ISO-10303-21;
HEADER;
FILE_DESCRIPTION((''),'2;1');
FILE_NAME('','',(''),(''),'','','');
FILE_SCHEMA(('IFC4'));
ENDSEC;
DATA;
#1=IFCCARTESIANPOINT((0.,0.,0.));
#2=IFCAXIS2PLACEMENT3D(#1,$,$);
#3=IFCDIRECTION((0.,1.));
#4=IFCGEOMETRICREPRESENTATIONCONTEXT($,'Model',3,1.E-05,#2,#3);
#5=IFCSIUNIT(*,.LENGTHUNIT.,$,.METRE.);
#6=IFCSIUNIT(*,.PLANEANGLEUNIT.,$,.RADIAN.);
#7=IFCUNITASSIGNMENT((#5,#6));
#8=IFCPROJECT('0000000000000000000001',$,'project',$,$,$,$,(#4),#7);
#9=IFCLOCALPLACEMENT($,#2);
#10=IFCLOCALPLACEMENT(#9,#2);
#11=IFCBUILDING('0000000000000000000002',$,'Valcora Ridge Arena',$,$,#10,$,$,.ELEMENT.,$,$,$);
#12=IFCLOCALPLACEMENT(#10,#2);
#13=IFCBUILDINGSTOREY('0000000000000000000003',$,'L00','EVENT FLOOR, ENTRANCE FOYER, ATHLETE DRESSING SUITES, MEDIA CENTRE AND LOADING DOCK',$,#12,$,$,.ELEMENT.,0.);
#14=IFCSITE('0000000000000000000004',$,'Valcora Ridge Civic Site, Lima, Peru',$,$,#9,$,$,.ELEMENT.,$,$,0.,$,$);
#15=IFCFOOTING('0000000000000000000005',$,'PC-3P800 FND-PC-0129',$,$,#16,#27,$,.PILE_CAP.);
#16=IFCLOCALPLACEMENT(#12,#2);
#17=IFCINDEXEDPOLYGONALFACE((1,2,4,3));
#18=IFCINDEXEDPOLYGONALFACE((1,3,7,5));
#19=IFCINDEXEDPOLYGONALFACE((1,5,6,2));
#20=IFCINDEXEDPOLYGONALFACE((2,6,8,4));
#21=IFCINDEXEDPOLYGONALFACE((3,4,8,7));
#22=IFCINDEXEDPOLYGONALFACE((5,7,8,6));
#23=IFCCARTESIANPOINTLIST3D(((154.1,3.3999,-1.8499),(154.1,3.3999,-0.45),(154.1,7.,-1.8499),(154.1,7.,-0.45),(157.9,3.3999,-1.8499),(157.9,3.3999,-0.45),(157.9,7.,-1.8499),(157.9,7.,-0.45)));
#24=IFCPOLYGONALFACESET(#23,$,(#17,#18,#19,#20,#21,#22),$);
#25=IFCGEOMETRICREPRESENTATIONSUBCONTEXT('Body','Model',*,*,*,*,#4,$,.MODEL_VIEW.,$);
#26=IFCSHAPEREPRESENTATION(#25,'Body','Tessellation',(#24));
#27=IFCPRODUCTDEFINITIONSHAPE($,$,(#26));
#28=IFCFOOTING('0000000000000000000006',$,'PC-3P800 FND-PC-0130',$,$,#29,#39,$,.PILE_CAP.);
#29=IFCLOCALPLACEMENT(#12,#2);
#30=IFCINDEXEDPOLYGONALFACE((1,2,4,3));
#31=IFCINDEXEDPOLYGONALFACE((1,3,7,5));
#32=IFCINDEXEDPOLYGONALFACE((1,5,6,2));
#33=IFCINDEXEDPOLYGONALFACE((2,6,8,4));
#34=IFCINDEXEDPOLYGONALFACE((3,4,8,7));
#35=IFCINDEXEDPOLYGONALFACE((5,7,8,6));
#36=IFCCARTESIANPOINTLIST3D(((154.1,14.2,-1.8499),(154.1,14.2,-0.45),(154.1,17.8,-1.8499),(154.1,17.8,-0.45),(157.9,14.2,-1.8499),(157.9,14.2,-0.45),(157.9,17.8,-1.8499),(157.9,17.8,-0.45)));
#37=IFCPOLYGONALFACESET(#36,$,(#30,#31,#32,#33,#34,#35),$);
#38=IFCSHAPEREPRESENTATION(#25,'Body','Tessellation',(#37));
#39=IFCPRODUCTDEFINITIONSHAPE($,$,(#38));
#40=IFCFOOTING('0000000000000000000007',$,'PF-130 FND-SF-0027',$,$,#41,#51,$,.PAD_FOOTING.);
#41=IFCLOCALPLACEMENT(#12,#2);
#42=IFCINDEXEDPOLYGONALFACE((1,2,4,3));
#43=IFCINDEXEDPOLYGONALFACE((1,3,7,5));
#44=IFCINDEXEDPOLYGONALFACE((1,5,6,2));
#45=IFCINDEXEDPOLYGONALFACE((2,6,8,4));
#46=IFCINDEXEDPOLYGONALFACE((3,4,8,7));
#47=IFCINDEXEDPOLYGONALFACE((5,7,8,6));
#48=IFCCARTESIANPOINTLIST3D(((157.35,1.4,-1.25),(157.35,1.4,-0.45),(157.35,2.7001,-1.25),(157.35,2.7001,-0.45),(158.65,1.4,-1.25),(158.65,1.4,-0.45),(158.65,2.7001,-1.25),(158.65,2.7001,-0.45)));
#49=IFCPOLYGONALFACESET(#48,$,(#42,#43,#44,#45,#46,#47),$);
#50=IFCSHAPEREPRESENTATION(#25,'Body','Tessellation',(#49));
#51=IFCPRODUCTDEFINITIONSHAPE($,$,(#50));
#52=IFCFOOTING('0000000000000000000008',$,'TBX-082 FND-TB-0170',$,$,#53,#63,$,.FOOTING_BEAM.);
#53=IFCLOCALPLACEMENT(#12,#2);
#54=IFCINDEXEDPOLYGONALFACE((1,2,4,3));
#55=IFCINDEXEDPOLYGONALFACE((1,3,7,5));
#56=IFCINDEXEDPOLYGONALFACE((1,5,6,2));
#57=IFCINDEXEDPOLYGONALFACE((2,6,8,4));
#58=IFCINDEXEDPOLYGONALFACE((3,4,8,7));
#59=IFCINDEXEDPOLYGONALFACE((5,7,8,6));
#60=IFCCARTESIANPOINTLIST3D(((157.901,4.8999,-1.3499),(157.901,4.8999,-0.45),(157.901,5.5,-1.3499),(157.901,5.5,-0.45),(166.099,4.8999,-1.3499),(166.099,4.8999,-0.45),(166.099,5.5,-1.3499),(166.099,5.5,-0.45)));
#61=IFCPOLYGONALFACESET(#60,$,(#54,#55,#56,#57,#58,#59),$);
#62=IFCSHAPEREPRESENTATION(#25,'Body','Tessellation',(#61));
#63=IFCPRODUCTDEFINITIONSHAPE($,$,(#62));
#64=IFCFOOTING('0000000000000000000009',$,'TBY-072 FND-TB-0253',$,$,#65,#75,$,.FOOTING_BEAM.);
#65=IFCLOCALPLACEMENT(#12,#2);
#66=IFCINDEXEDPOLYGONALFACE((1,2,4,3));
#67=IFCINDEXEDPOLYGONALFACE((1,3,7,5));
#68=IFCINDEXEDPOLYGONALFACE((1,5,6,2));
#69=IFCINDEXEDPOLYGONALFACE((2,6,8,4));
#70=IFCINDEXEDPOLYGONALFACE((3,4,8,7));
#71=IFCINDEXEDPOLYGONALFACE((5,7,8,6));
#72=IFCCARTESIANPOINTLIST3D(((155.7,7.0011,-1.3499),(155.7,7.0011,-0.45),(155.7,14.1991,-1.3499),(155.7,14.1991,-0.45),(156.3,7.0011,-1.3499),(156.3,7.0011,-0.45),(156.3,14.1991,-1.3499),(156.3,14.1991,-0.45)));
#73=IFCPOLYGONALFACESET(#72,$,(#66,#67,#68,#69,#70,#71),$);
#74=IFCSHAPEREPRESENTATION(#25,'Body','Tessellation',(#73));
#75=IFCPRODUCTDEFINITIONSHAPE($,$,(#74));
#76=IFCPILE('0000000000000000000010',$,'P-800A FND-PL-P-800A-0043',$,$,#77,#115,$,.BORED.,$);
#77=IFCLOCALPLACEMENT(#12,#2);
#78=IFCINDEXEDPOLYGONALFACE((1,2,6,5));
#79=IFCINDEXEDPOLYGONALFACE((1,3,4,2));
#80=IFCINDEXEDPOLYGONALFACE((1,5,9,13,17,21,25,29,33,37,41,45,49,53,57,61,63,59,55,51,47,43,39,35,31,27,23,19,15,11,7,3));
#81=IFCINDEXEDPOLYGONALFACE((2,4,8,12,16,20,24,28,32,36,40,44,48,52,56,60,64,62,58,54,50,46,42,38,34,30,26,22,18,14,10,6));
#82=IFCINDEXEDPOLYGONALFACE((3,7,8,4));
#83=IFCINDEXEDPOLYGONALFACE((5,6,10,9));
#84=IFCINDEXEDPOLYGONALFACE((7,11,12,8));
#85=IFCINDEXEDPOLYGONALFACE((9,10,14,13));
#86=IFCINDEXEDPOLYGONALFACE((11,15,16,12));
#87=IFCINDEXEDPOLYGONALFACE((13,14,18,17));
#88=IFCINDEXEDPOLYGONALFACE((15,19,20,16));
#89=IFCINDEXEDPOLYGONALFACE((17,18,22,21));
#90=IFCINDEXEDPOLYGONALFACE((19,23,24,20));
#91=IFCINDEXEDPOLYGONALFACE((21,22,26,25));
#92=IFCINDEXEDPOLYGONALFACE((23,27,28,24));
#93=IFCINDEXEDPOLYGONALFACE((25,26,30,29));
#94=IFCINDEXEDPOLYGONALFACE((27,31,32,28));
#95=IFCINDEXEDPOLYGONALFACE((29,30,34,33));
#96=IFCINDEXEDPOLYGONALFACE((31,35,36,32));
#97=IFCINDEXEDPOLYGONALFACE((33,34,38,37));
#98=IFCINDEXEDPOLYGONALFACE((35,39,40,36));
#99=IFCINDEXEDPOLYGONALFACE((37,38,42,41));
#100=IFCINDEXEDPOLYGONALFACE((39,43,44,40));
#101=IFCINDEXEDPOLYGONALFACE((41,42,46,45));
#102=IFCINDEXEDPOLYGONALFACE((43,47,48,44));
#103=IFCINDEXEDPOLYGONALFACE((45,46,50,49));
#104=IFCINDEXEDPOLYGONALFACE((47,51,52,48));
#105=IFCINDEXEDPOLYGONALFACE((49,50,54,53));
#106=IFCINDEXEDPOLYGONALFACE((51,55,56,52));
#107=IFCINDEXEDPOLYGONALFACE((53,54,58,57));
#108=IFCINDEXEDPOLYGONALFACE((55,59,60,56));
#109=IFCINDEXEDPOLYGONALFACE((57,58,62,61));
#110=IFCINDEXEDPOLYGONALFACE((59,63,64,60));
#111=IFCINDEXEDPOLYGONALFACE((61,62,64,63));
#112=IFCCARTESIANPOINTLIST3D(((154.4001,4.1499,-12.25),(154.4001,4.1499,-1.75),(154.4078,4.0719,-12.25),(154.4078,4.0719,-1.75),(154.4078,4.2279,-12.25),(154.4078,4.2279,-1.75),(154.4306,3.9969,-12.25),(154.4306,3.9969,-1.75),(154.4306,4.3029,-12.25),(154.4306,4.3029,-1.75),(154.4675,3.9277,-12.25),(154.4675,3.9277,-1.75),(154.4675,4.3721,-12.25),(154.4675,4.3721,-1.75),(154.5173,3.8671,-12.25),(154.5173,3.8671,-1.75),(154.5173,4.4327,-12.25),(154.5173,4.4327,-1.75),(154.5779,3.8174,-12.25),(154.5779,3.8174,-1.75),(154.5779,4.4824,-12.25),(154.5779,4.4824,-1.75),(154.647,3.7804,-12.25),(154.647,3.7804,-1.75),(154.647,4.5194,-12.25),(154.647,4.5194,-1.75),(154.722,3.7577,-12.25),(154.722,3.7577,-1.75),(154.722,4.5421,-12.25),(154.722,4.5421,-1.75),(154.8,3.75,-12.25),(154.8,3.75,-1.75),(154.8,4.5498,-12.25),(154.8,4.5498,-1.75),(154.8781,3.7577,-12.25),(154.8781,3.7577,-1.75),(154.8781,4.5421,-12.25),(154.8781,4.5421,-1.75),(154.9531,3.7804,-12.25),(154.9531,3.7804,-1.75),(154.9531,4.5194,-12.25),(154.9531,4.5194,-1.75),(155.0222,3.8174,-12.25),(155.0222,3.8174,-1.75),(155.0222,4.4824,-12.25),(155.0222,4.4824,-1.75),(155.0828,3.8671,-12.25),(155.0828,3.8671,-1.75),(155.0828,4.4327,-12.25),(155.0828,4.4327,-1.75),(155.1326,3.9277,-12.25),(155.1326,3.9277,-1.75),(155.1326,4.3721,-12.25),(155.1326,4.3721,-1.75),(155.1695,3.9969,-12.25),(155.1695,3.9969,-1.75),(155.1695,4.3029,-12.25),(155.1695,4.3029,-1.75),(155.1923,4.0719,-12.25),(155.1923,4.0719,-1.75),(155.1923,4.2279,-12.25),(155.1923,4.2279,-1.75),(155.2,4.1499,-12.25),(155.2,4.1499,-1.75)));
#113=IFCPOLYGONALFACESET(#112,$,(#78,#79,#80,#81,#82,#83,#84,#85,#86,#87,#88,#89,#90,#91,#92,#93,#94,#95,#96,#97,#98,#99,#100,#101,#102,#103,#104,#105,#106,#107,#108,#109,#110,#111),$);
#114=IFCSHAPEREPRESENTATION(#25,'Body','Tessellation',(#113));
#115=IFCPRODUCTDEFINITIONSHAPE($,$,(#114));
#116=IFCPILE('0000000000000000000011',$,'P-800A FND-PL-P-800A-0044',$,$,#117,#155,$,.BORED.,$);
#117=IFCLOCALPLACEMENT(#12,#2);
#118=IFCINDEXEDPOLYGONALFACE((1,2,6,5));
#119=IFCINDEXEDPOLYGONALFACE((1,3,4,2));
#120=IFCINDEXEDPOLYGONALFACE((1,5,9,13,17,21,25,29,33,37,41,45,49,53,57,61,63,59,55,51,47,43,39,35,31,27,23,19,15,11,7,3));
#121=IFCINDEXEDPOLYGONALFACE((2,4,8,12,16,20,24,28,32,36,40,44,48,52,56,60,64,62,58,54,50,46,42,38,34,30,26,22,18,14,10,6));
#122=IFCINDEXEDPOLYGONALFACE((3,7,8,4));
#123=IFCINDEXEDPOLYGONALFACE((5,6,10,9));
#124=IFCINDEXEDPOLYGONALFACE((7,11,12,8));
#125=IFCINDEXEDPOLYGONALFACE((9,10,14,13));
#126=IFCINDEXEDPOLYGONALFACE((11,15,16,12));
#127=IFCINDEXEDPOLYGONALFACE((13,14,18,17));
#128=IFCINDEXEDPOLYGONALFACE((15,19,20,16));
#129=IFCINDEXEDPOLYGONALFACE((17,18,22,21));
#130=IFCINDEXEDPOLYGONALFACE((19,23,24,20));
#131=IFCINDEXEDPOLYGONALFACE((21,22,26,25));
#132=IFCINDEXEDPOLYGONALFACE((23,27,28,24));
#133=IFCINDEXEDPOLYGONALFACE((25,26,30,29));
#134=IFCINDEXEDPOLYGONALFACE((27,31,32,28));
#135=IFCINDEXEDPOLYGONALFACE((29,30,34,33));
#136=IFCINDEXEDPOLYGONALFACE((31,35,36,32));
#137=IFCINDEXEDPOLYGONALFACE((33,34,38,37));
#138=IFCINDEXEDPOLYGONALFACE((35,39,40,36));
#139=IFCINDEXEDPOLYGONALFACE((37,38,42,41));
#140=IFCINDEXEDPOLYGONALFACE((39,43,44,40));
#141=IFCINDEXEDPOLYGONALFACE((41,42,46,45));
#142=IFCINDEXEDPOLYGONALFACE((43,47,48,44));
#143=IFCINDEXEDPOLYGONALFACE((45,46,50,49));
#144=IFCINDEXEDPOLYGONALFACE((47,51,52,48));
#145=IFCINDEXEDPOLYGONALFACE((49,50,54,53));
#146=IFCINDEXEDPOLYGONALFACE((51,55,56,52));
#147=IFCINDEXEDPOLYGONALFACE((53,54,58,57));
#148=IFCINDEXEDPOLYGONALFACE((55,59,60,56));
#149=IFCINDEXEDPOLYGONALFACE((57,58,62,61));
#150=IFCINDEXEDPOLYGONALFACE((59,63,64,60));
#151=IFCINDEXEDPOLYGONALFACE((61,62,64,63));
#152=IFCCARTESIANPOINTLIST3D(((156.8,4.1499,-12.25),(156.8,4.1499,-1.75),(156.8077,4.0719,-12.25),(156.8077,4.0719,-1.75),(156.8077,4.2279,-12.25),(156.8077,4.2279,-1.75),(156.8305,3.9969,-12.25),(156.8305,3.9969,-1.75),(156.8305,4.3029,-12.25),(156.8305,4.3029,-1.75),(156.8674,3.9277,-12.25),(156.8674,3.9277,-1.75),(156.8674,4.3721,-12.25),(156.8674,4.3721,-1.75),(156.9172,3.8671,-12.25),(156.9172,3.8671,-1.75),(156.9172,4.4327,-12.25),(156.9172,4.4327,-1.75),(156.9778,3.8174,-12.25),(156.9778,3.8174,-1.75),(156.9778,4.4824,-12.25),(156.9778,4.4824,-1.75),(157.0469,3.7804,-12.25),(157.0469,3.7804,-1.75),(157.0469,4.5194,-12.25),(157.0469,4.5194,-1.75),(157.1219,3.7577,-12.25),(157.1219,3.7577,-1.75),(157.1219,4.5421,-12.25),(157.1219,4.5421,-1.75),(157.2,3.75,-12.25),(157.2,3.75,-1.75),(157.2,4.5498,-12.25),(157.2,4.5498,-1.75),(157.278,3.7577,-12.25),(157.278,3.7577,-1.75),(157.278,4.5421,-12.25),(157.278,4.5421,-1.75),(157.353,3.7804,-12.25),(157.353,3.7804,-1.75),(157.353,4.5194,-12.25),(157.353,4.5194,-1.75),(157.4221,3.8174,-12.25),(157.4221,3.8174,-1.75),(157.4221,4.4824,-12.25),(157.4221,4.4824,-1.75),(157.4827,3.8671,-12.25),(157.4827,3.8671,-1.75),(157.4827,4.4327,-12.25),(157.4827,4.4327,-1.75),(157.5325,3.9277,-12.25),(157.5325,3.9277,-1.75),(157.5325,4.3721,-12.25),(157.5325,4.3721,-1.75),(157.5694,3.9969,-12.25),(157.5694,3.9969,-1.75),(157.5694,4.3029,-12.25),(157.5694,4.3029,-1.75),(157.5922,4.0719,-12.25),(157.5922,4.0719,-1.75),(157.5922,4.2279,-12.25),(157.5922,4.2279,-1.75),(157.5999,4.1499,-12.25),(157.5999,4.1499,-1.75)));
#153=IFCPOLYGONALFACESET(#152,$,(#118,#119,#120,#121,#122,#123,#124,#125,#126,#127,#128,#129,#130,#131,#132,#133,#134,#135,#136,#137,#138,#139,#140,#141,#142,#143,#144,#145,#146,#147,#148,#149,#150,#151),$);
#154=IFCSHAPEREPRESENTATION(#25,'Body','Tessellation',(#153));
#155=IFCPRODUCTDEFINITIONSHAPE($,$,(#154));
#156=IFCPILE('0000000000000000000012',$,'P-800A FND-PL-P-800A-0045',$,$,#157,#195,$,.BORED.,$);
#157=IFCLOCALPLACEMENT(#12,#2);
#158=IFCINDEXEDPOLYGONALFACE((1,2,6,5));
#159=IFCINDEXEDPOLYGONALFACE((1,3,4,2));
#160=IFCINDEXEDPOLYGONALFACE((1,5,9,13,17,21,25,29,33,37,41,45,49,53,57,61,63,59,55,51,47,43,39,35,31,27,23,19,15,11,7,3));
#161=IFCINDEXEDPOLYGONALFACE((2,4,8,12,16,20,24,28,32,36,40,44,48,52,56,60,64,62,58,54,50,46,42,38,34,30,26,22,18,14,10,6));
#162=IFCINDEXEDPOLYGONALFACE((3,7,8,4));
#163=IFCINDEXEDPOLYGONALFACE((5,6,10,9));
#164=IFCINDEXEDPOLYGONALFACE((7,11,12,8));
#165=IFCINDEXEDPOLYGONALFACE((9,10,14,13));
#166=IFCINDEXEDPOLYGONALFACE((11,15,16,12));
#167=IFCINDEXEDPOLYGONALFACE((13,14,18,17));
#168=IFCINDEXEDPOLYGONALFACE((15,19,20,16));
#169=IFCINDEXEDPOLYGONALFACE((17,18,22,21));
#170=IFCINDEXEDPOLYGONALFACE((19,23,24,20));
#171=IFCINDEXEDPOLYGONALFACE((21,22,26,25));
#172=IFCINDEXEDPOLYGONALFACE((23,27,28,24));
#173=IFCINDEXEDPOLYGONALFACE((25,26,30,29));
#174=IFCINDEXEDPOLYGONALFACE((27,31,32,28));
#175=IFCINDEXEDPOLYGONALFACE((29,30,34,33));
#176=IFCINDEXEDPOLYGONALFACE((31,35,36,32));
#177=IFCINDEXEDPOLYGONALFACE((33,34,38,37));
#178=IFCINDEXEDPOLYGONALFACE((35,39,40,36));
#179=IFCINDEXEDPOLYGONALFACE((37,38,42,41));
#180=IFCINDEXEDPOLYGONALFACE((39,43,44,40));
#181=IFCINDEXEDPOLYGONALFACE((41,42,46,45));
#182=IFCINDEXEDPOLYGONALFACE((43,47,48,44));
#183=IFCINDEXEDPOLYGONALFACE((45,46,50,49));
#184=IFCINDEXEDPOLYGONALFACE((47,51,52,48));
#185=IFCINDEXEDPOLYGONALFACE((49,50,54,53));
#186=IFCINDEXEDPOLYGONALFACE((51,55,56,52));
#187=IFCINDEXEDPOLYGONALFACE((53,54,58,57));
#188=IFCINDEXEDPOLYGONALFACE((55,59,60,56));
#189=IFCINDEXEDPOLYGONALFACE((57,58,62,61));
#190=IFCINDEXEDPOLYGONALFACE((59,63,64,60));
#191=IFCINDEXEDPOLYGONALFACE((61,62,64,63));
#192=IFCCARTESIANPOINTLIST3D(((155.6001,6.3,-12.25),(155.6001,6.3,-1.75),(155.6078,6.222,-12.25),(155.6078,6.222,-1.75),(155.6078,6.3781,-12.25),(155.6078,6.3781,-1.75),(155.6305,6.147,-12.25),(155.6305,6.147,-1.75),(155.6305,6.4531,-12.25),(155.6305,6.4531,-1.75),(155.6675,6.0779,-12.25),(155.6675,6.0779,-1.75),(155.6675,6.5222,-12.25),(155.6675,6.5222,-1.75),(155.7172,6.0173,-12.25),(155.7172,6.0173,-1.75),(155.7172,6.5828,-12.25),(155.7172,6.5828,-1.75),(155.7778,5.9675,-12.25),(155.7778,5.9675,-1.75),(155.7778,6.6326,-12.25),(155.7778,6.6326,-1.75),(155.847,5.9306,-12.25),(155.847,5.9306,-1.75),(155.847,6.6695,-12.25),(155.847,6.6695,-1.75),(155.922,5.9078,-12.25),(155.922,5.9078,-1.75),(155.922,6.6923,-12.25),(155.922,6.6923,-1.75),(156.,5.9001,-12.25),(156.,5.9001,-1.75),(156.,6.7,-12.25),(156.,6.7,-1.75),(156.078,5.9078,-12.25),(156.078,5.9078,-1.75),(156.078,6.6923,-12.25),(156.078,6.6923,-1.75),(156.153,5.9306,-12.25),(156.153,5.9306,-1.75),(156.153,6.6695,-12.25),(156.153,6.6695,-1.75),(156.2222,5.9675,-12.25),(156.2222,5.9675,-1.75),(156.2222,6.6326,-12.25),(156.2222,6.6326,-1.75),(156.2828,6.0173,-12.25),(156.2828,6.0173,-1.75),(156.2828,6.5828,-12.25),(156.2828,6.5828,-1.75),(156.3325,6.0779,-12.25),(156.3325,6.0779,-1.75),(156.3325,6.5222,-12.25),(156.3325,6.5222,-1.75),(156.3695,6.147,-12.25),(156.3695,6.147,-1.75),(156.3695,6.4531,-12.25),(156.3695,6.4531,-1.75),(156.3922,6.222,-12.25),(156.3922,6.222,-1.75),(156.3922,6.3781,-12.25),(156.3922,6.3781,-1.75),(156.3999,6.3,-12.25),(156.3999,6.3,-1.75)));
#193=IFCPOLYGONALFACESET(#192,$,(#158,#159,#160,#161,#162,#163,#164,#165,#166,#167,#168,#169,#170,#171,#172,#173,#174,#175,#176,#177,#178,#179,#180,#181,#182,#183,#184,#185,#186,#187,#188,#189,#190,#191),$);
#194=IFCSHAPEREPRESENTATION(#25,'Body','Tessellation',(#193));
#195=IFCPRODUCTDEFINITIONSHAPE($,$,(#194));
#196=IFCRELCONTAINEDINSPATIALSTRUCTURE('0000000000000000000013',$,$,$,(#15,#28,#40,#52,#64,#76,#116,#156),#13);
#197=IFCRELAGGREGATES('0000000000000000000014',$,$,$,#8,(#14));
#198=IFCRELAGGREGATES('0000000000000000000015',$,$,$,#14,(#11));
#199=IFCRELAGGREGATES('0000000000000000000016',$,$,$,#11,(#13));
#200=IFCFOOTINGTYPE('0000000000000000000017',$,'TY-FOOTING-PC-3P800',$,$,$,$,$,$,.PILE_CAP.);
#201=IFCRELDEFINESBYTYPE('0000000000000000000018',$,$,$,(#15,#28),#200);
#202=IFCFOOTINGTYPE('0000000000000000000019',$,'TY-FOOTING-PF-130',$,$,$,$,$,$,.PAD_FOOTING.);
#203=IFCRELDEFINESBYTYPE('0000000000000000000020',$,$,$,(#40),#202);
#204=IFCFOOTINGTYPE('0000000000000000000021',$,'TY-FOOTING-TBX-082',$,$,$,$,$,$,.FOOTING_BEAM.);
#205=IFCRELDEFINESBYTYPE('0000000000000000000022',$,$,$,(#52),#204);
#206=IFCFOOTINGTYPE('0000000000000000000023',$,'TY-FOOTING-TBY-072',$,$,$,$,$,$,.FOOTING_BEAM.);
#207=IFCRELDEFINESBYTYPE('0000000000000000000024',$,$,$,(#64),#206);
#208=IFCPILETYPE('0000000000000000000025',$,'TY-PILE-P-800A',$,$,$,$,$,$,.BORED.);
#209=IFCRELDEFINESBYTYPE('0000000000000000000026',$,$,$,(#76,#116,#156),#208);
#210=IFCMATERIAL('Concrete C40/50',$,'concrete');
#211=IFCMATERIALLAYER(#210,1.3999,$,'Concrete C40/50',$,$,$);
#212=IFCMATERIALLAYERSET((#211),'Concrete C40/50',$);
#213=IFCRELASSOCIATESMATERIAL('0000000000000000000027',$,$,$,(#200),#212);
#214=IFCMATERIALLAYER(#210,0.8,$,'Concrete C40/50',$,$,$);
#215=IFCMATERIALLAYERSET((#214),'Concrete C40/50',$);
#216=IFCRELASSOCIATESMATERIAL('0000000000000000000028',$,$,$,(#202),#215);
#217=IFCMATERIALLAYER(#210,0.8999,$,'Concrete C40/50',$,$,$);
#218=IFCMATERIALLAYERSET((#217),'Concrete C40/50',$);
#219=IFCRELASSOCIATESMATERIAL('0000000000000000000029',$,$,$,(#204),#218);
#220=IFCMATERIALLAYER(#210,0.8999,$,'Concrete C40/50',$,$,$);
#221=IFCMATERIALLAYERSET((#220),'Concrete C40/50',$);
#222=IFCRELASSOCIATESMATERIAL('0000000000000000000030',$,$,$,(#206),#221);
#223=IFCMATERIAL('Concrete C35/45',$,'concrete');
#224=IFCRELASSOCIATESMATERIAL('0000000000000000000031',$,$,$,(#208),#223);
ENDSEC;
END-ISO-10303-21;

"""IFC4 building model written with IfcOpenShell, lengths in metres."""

from ifc_helpers import new_model, si_unit, direction, frame, origin, origin_2d, place, context, subcontext, project, spatial, rectangle, circle, extrude, material, layer, layer_set, material_profile, profile_set, type_object, element, save


model = new_model("IFC4")

# Units and contexts
model_context = context("Model", 3, precision=1e-05, world=origin(), true_north=direction((0.0, 1.0)))
body_context = subcontext(model_context, "Body", "Model", "MODEL_VIEW")
ifc_project = project(units=[si_unit("LENGTHUNIT", "METRE"), si_unit("PLANEANGLEUNIT", "RADIAN")], contexts=[model_context])

# Site, building, storey
site_placement = place(None, origin())
site = spatial("IfcSite", under=ifc_project, at=site_placement, Name="Valcora Ridge Civic Site, Lima, Peru", CompositionType="ELEMENT", RefElevation=0.0)
building_placement = place(site_placement, origin())
building = spatial("IfcBuilding", under=site, at=building_placement, Name="Valcora Ridge Arena", CompositionType="ELEMENT")
storey_placement = place(building_placement, origin())
storey = spatial("IfcBuildingStorey", under=building, at=storey_placement, Name="L00", Description="EVENT FLOOR, ENTRANCE FOYER, ATHLETE DRESSING SUITES, MEDIA CENTRE AND LOADING DOCK", CompositionType="ELEMENT", Elevation=0.0)

# Footings
ifc_material_1 = material(Name="Concrete C40/50", Category="concrete")
ifc_layer_1 = layer(ifc_material_1, 1.3999, Name="Concrete C40/50")
ifc_layer_set_1 = layer_set([ifc_layer_1], Name="Concrete C40/50")
footing_type_1 = type_object("IfcFootingType", Name="TY-FOOTING-PC-3P800", PredefinedType="PILE_CAP", material=ifc_layer_set_1)
for number, where, z_axis, x_axis, name in (
    (1, (156.0, 5.2, -1.8499), (0.0, 0.0, 1.0), (1.0, 0.0, 0.0), "PC-3P800 FND-PC-0129"),
    (2, (156.0, 16.0, -1.8499), (0.0, 0.0, 1.0), (1.0, 0.0, 0.0), "PC-3P800 FND-PC-0130"),
):
    element("IfcFooting", number, at=place(storey_placement, frame(where, z_axis=z_axis, x_axis=x_axis)), inside=storey, type_object=footing_type_1, Name=name, PredefinedType="PILE_CAP", context=body_context, shape_type="SweptSolid", body=[
        extrude(rectangle(XDim=3.8, YDim=3.6001, at=origin_2d()), origin(), (0.0, 0.0, 1.0), 1.3999),
    ])
ifc_layer_2 = layer(ifc_material_1, 0.8, Name="Concrete C40/50")
ifc_layer_set_2 = layer_set([ifc_layer_2], Name="Concrete C40/50")
footing_type_2 = type_object("IfcFootingType", Name="TY-FOOTING-PF-130", PredefinedType="PAD_FOOTING", material=ifc_layer_set_2)
footing_1_placement = place(storey_placement, frame((158.0, 2.05, -1.25), z_axis=(0.0, 0.0, 1.0), x_axis=(1.0, 0.0, 0.0)))
element("IfcFooting", 3, at=footing_1_placement, inside=storey, type_object=footing_type_2, Name="PF-130 FND-SF-0027", PredefinedType="PAD_FOOTING", context=body_context, shape_type="SweptSolid", body=[
    extrude(rectangle(XDim=1.3, YDim=1.3, at=origin_2d()), origin(), (0.0, 0.0, 1.0), 0.8),
])
ifc_layer_3 = layer(ifc_material_1, 0.8999, Name="Concrete C40/50")
ifc_layer_set_3 = layer_set([ifc_layer_3], Name="Concrete C40/50")
footing_type_3 = type_object("IfcFootingType", Name="TY-FOOTING-TBX-082", PredefinedType="FOOTING_BEAM", material=ifc_layer_set_3)
footing_2_placement = place(storey_placement, frame((162.0, 5.2, -1.3499), z_axis=(0.0, 0.0, 1.0), x_axis=(1.0, 0.0, 0.0)))
element("IfcFooting", 4, at=footing_2_placement, inside=storey, type_object=footing_type_3, Name="TBX-082 FND-TB-0170", PredefinedType="FOOTING_BEAM", context=body_context, shape_type="SweptSolid", body=[
    extrude(rectangle(XDim=8.198, YDim=0.6001, at=origin_2d()), origin(), (0.0, 0.0, 1.0), 0.8999),
])
ifc_layer_4 = layer(ifc_material_1, 0.8999, Name="Concrete C40/50")
ifc_layer_set_4 = layer_set([ifc_layer_4], Name="Concrete C40/50")
footing_type_4 = type_object("IfcFootingType", Name="TY-FOOTING-TBY-072", PredefinedType="FOOTING_BEAM", material=ifc_layer_set_4)
footing_3_placement = place(storey_placement, frame((156.0, 10.6001, -1.3499), z_axis=(0.0, 0.0, 1.0), x_axis=(1.0, 0.0, 0.0)))
element("IfcFooting", 5, at=footing_3_placement, inside=storey, type_object=footing_type_4, Name="TBY-072 FND-TB-0253", PredefinedType="FOOTING_BEAM", context=body_context, shape_type="SweptSolid", body=[
    extrude(rectangle(XDim=0.6001, YDim=7.198, at=origin_2d()), origin(), (0.0, 0.0, 1.0), 0.8999),
])

# Piles
ifc_material_2 = material(Name="Concrete C35/45", Category="concrete")
ifc_material_profile_1 = material_profile(ifc_material_2, circle(Radius=0.3999, at=origin_2d()), Name="BORED PILE D800")
ifc_profile_set_1 = profile_set([ifc_material_profile_1], Name="Concrete C35/45")
pile_type = type_object("IfcPileType", Name="TY-PILE-P-800A", PredefinedType="BORED", material=ifc_profile_set_1)
for number, where, z_axis, x_axis, name in (
    (6, (154.8, 4.1499, -1.75), (0.0, 0.0, -1.0), (1.0, 0.0, 0.0), "P-800A FND-PL-P-800A-0043"),
    (7, (157.2, 4.1499, -1.75), (0.0, 0.0, -1.0), (1.0, 0.0, 0.0), "P-800A FND-PL-P-800A-0044"),
    (8, (156.0, 6.3, -1.75), (0.0, 0.0, -1.0), (1.0, 0.0, 0.0), "P-800A FND-PL-P-800A-0045"),
):
    element("IfcPile", number, at=place(storey_placement, frame(where, z_axis=z_axis, x_axis=x_axis)), inside=storey, type_object=pile_type, Name=name, PredefinedType="BORED", context=body_context, shape_type="SweptSolid", body=[
        extrude(circle(Radius=0.3999, at=origin_2d()), origin(), (0.0, 0.0, 1.0), 10.5),
    ])

save(model, "model.ifc")
